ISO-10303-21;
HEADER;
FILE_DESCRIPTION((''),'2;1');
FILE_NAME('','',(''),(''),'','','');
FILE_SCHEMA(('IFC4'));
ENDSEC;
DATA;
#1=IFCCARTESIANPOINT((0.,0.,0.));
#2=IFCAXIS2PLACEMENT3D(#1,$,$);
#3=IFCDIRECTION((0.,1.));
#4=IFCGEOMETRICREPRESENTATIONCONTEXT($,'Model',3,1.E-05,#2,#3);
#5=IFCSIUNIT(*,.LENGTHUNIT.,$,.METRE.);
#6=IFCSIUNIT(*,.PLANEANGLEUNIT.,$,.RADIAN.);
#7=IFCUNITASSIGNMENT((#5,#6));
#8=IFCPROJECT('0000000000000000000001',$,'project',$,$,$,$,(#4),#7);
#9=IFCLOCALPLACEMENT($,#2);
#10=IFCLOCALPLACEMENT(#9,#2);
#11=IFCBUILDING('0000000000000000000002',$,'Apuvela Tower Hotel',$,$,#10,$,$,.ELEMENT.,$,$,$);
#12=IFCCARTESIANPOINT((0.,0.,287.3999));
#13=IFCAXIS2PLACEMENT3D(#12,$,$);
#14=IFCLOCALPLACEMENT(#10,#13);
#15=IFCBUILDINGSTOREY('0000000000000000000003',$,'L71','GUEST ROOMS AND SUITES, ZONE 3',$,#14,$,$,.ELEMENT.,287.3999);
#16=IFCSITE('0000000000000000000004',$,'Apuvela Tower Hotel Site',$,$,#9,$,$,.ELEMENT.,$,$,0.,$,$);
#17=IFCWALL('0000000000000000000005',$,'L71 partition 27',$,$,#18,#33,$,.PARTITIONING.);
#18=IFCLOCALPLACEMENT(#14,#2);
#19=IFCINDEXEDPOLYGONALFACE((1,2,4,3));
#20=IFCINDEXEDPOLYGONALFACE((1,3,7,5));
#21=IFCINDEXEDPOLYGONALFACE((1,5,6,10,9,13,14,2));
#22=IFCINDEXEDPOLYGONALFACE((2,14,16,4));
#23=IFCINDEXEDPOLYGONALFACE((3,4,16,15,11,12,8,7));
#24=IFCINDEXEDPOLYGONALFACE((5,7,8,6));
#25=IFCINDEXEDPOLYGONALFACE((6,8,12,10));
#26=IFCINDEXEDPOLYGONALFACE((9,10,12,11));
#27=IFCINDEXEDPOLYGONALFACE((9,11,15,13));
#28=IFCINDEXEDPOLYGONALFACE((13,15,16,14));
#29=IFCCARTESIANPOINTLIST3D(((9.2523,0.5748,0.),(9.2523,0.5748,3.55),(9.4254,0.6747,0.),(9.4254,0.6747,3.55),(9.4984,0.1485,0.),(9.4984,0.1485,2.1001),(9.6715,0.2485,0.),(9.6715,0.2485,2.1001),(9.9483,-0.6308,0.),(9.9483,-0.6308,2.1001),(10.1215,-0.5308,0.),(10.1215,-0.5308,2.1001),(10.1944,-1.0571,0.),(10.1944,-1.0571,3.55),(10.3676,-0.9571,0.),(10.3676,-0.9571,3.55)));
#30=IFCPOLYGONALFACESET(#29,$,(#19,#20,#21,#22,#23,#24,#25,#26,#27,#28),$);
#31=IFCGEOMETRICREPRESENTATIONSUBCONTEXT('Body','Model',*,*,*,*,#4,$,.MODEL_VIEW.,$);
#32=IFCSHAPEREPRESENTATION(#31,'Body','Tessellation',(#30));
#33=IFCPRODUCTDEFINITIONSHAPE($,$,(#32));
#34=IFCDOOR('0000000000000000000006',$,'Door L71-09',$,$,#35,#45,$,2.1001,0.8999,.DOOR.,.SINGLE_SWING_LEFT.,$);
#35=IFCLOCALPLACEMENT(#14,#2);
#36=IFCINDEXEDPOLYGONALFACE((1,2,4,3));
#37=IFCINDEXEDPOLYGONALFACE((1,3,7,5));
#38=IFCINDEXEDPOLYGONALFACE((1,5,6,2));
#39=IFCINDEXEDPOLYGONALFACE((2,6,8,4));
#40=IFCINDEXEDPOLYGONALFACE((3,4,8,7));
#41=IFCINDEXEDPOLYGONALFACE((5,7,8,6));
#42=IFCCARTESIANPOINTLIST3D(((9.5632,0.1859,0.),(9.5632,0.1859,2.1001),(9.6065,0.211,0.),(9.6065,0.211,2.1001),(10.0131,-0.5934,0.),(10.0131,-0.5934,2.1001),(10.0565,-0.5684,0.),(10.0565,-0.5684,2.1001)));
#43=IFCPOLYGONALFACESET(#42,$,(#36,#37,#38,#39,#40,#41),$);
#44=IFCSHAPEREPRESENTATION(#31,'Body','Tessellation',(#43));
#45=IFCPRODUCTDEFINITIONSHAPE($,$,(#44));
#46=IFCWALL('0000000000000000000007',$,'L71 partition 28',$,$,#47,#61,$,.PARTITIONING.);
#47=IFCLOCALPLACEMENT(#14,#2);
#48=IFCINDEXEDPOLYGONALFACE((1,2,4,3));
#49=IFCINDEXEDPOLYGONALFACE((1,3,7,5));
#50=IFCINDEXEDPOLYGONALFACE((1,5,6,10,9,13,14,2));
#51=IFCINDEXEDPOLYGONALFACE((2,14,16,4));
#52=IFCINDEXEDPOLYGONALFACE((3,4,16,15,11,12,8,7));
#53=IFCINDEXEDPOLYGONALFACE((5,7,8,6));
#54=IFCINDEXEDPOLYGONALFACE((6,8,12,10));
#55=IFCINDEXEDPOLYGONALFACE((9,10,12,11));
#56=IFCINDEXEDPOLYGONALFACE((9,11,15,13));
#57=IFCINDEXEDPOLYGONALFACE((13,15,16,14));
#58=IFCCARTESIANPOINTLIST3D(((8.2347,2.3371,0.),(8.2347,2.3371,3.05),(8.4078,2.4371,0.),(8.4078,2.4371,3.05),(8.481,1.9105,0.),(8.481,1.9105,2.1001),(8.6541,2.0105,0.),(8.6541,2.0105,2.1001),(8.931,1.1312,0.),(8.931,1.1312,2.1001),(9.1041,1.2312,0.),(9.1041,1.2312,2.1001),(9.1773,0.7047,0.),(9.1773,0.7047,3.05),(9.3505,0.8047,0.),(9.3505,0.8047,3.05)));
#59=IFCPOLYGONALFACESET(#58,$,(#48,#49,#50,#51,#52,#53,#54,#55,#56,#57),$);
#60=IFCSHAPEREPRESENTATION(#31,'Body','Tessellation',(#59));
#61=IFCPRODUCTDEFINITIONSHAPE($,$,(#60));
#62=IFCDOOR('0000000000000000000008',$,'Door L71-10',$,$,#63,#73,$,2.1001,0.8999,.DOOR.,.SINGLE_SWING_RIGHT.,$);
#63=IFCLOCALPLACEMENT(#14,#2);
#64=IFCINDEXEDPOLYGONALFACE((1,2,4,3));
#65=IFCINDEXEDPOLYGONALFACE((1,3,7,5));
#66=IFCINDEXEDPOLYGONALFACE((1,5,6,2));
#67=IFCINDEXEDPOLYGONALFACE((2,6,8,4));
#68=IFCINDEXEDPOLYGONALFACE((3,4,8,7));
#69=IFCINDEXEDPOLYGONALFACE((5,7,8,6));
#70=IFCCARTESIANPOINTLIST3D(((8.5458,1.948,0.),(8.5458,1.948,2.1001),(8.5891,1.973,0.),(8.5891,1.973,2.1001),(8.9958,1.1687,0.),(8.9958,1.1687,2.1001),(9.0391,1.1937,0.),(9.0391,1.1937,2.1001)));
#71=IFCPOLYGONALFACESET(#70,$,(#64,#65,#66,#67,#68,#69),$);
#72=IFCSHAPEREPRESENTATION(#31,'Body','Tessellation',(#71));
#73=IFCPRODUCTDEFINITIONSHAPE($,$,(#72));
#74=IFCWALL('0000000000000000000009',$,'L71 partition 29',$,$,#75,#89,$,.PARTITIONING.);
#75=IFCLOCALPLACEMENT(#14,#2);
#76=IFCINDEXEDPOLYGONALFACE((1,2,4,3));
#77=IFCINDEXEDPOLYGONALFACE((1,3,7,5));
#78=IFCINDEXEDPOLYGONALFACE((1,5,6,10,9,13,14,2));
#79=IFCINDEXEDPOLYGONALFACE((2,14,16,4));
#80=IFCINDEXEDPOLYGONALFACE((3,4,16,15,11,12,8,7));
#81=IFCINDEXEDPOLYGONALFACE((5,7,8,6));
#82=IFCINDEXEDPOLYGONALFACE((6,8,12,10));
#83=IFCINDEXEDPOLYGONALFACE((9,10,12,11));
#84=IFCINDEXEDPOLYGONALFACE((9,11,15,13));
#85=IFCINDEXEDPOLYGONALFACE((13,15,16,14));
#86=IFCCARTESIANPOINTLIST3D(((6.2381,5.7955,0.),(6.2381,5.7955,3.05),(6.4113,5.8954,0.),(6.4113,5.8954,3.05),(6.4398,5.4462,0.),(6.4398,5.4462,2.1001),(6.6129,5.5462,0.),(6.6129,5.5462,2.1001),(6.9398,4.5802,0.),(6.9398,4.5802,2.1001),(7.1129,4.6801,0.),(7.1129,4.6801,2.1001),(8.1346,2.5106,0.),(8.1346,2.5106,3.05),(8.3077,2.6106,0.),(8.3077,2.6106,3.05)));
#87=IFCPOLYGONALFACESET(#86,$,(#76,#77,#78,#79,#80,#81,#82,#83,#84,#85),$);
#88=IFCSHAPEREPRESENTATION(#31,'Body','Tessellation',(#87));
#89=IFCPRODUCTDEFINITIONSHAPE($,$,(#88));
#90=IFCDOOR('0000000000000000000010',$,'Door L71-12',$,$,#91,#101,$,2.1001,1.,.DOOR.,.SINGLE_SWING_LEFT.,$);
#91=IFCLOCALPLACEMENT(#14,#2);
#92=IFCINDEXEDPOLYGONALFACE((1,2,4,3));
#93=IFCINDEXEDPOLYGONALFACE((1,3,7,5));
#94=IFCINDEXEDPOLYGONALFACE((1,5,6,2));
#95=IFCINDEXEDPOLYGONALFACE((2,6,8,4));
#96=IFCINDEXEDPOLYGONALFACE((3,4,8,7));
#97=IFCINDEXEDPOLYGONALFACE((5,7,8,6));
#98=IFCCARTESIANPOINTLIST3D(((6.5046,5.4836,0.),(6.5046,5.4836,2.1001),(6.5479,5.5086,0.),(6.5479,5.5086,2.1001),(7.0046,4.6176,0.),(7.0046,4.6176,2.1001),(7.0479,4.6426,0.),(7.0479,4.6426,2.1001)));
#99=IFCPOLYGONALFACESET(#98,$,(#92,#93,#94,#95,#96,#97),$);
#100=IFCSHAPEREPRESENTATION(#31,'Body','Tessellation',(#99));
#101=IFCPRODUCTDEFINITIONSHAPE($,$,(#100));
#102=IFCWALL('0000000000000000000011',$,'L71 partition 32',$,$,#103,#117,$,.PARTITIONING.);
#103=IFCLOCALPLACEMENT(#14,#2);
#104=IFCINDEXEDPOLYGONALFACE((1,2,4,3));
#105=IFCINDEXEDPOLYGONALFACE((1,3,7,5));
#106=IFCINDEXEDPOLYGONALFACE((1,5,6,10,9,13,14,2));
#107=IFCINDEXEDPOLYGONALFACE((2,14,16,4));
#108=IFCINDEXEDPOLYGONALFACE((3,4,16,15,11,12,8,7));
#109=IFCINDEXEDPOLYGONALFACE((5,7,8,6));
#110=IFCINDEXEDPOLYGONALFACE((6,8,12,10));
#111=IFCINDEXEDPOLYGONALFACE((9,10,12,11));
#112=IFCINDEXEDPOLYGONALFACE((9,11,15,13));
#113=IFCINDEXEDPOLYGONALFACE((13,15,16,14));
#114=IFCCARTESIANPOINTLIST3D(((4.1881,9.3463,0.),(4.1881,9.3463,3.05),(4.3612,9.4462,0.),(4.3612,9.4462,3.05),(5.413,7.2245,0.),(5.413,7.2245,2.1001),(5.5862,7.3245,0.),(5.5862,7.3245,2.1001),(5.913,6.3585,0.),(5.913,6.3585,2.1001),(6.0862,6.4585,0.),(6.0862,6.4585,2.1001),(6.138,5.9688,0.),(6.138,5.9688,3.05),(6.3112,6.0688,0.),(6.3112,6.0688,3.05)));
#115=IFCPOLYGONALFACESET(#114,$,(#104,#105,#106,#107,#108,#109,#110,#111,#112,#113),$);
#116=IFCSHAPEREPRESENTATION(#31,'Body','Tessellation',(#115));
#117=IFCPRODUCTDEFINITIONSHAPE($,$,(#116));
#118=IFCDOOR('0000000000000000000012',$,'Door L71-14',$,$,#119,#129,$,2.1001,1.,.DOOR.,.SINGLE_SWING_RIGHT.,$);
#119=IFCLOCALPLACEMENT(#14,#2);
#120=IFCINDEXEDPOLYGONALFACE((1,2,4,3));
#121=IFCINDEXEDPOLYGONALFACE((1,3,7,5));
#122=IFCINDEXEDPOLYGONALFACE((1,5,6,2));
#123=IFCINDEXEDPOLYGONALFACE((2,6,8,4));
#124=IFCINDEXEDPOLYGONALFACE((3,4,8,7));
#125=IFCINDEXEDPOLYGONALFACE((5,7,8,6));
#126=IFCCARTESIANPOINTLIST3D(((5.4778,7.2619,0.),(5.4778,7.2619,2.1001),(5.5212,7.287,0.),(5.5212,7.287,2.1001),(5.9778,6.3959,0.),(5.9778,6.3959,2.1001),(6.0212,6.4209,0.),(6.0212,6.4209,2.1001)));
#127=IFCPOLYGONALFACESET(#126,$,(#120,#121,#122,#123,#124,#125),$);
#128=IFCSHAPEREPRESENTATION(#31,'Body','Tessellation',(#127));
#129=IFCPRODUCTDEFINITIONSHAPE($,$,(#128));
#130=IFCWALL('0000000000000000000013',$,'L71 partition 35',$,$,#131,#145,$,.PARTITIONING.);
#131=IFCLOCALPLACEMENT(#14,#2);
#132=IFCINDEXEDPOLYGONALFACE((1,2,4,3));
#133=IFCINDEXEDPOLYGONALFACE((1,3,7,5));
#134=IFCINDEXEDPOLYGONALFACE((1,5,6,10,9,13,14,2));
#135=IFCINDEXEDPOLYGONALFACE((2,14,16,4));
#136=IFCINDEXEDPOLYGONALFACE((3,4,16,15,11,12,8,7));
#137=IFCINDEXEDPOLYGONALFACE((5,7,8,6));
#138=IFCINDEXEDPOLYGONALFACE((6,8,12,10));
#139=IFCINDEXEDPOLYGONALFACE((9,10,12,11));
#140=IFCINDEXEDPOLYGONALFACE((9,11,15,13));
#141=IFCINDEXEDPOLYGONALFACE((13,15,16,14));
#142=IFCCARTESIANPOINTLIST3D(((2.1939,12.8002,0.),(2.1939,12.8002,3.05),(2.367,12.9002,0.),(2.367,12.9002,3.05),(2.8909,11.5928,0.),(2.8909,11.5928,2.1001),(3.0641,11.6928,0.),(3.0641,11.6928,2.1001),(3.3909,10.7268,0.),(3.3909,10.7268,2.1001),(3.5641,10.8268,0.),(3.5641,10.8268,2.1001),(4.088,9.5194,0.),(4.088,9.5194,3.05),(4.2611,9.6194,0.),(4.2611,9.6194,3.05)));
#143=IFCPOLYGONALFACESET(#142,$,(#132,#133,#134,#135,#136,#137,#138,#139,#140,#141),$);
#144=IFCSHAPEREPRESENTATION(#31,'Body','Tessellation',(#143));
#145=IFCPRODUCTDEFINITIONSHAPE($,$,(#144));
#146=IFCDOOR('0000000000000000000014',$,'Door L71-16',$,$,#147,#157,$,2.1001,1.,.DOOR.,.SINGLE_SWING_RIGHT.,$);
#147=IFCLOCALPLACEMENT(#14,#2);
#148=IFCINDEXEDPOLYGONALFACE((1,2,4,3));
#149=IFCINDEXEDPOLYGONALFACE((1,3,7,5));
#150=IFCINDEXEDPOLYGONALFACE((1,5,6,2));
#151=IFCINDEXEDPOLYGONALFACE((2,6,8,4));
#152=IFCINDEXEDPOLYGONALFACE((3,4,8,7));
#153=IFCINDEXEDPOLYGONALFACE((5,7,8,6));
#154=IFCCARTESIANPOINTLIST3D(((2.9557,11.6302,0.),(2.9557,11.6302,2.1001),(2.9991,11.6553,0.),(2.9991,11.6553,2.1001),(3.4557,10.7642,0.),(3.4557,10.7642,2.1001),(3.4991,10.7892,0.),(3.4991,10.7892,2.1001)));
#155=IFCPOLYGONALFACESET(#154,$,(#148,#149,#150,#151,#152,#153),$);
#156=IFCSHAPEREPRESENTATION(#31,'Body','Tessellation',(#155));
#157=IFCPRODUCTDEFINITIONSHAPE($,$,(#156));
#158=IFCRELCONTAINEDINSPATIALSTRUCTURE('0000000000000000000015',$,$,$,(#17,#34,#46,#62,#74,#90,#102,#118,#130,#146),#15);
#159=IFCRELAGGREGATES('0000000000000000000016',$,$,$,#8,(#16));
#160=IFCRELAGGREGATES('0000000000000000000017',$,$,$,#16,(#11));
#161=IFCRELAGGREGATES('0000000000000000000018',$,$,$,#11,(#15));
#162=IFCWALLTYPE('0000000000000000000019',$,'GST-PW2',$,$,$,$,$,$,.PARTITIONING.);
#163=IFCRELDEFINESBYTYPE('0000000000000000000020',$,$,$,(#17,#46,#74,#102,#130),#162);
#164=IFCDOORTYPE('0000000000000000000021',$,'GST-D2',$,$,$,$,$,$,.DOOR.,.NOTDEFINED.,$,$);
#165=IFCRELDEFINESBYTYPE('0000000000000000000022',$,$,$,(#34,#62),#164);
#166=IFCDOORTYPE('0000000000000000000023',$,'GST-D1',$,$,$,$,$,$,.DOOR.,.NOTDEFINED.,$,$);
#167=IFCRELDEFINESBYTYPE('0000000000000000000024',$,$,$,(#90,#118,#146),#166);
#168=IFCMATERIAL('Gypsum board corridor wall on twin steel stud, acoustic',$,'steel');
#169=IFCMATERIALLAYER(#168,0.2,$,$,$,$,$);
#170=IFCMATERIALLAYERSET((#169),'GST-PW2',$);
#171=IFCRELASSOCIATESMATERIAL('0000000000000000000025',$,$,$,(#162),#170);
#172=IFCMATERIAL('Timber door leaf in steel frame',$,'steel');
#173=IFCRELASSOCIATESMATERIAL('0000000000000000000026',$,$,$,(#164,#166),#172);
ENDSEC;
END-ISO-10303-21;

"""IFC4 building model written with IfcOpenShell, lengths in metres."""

from ifc_helpers import new_model, si_unit, direction, frame, frame_2d, origin, place, context, subcontext, project, spatial, rectangle, extrude, material, layer, layer_set, type_object, element, fill, save


model = new_model("IFC4")

# Units and contexts
model_context = context("Model", 3, precision=1e-05, world=origin(), true_north=direction((0.0, 1.0)))
body_context = subcontext(model_context, "Body", "Model", "MODEL_VIEW")
ifc_project = project(units=[si_unit("LENGTHUNIT", "METRE"), si_unit("PLANEANGLEUNIT", "RADIAN")], contexts=[model_context])

# Site, building, storey
site_placement = place(None, origin())
site = spatial("IfcSite", under=ifc_project, at=site_placement, Name="Apuvela Tower Hotel Site", CompositionType="ELEMENT", RefElevation=0.0)
building_placement = place(site_placement, origin())
building = spatial("IfcBuilding", under=site, at=building_placement, Name="Apuvela Tower Hotel", CompositionType="ELEMENT")
storey_placement = place(building_placement, frame((0.0, 0.0, 287.3999)))
storey = spatial("IfcBuildingStorey", under=building, at=storey_placement, Name="L71", Description="GUEST ROOMS AND SUITES, ZONE 3", CompositionType="ELEMENT", Elevation=287.3999)

# Walls, openings, doors
ifc_material_1 = material(Name="Gypsum board corridor wall on twin steel stud, acoustic", Category="steel")
ifc_layer_1 = layer(ifc_material_1, 0.2)
ifc_layer_set_1 = layer_set([ifc_layer_1], Name="GST-PW2")
wall_type_1 = type_object("IfcWallType", Name="GST-PW2", PredefinedType="PARTITIONING", material=ifc_layer_set_1)
wall_1_placement = place(storey_placement, frame((9.3389, 0.6248, 0.0), z_axis=(0.0, 0.0, 1.0), x_axis=(0.499999, -0.866026, 0.0)))
wall_1 = element("IfcWall", 1, at=wall_1_placement, inside=storey, type_object=wall_type_1, Name="L71 partition 27", PredefinedType="PARTITIONING", context=body_context, shape_type="SweptSolid", body=[
    extrude(rectangle(XDim=1.8843, YDim=0.2, at=frame_2d((0.9421, 0.0))), origin(), (0.0, 0.0, 1.0), 3.55),
])
opening_1_placement = place(wall_1_placement, frame((0.4922, 0.0, 0.0)))
opening_1 = element("IfcOpeningElement", 2, at=opening_1_placement, cuts=wall_1, PredefinedType="OPENING", context=body_context, shape_type="SweptSolid", body=[
    extrude(rectangle(XDim=0.8999, YDim=2.1001, at=frame_2d((0.45, 1.05))), frame((0.0, 0.1099, 0.0), z_axis=(0.0, -1.0, 0.0), x_axis=(1.0, 0.0, 0.0)), (0.0, 0.0, 1.0), 0.22),
])
ifc_material_2 = material(Name="Timber door leaf in steel frame", Category="steel")
door_type_1 = type_object("IfcDoorType", Name="GST-D2", OperationType="NOTDEFINED", PredefinedType="DOOR", material=ifc_material_2)
door_1_placement = place(opening_1_placement, origin())
door_1 = element("IfcDoor", 3, at=door_1_placement, inside=storey, type_object=door_type_1, Name="Door L71-09", OperationType="SINGLE_SWING_LEFT", OverallHeight=2.1001, OverallWidth=0.8999, PredefinedType="DOOR", context=body_context, shape_type="SweptSolid", body=[
    extrude(rectangle(XDim=0.8999, YDim=2.1001, at=frame_2d((0.45, 1.05))), frame((0.0, 0.0249, 0.0), z_axis=(0.0, -1.0, 0.0), x_axis=(1.0, 0.0, 0.0)), (0.0, 0.0, 1.0), 0.05),
])
fill(opening_1, door_1)
wall_2_placement = place(storey_placement, frame((8.3213, 2.387, 0.0), z_axis=(0.0, 0.0, 1.0), x_axis=(0.500081, -0.865979, 0.0)))
wall_2 = element("IfcWall", 4, at=wall_2_placement, inside=storey, type_object=wall_type_1, Name="L71 partition 28", PredefinedType="PARTITIONING", context=body_context, shape_type="SweptSolid", body=[
    extrude(rectangle(XDim=1.885, YDim=0.2, at=frame_2d((0.9424, 0.0))), origin(), (0.0, 0.0, 1.0), 3.05),
])
opening_2_placement = place(wall_2_placement, frame((0.4924, 0.0, 0.0)))
opening_2 = element("IfcOpeningElement", 5, at=opening_2_placement, cuts=wall_2, PredefinedType="OPENING", context=body_context, shape_type="SweptSolid", body=[
    extrude(rectangle(XDim=0.8999, YDim=2.1001, at=frame_2d((0.45, 1.05))), frame((0.0, 0.1099, 0.0), z_axis=(0.0, -1.0, 0.0), x_axis=(1.0, 0.0, 0.0)), (0.0, 0.0, 1.0), 0.22),
])
door_2_placement = place(opening_2_placement, origin())
door_2 = element("IfcDoor", 6, at=door_2_placement, inside=storey, type_object=door_type_1, Name="Door L71-10", OperationType="SINGLE_SWING_RIGHT", OverallHeight=2.1001, OverallWidth=0.8999, PredefinedType="DOOR", context=body_context, shape_type="SweptSolid", body=[
    extrude(rectangle(XDim=0.8999, YDim=2.1001, at=frame_2d((0.45, 1.05))), frame((0.0, 0.0249, 0.0), z_axis=(0.0, -1.0, 0.0), x_axis=(1.0, 0.0, 0.0)), (0.0, 0.0, 1.0), 0.05),
])
fill(opening_2, door_2)
wall_3_placement = place(storey_placement, frame((6.3247, 5.8455, 0.0), z_axis=(0.0, 0.0, 1.0), x_axis=(0.499988, -0.866032, 0.0)))
wall_3 = element("IfcWall", 7, at=wall_3_placement, inside=storey, type_object=wall_type_1, Name="L71 partition 29", PredefinedType="PARTITIONING", context=body_context, shape_type="SweptSolid", body=[
    extrude(rectangle(XDim=3.793, YDim=0.2, at=frame_2d((1.8965, 0.0))), origin(), (0.0, 0.0, 1.0), 3.05),
])
opening_3_placement = place(wall_3_placement, frame((0.4033, 0.0, 0.0)))
opening_3 = element("IfcOpeningElement", 8, at=opening_3_placement, cuts=wall_3, PredefinedType="OPENING", context=body_context, shape_type="SweptSolid", body=[
    extrude(rectangle(XDim=1.0, YDim=2.1001, at=frame_2d((0.5, 1.05))), frame((0.0, 0.1099, 0.0), z_axis=(0.0, -1.0, 0.0), x_axis=(1.0, 0.0, 0.0)), (0.0, 0.0, 1.0), 0.22),
])
door_type_2 = type_object("IfcDoorType", Name="GST-D1", OperationType="NOTDEFINED", PredefinedType="DOOR", material=ifc_material_2)
door_3_placement = place(opening_3_placement, origin())
door_3 = element("IfcDoor", 9, at=door_3_placement, inside=storey, type_object=door_type_2, Name="Door L71-12", OperationType="SINGLE_SWING_LEFT", OverallHeight=2.1001, OverallWidth=1.0, PredefinedType="DOOR", context=body_context, shape_type="SweptSolid", body=[
    extrude(rectangle(XDim=1.0, YDim=2.1001, at=frame_2d((0.5, 1.05))), frame((0.0, 0.0249, 0.0), z_axis=(0.0, -1.0, 0.0), x_axis=(1.0, 0.0, 0.0)), (0.0, 0.0, 1.0), 0.05),
])
fill(opening_3, door_3)
wall_4_placement = place(storey_placement, frame((4.2747, 9.3962, 0.0), z_axis=(0.0, 0.0, 1.0), x_axis=(0.499997, -0.866027, 0.0)))
wall_4 = element("IfcWall", 10, at=wall_4_placement, inside=storey, type_object=wall_type_1, Name="L71 partition 32", PredefinedType="PARTITIONING", context=body_context, shape_type="SweptSolid", body=[
    extrude(rectangle(XDim=3.8999, YDim=0.2, at=frame_2d((1.95, 0.0))), origin(), (0.0, 0.0, 1.0), 3.05),
])
opening_4_placement = place(wall_4_placement, frame((2.45, 0.0, 0.0)))
opening_4 = element("IfcOpeningElement", 11, at=opening_4_placement, cuts=wall_4, PredefinedType="OPENING", context=body_context, shape_type="SweptSolid", body=[
    extrude(rectangle(XDim=1.0, YDim=2.1001, at=frame_2d((0.5, 1.05))), frame((0.0, 0.1099, 0.0), z_axis=(0.0, -1.0, 0.0), x_axis=(1.0, 0.0, 0.0)), (0.0, 0.0, 1.0), 0.22),
])
door_4_placement = place(opening_4_placement, origin())
door_4 = element("IfcDoor", 12, at=door_4_placement, inside=storey, type_object=door_type_2, Name="Door L71-14", OperationType="SINGLE_SWING_RIGHT", OverallHeight=2.1001, OverallWidth=1.0, PredefinedType="DOOR", context=body_context, shape_type="SweptSolid", body=[
    extrude(rectangle(XDim=1.0, YDim=2.1001, at=frame_2d((0.5, 1.05))), frame((0.0, 0.0249, 0.0), z_axis=(0.0, -1.0, 0.0), x_axis=(1.0, 0.0, 0.0)), (0.0, 0.0, 1.0), 0.05),
])
fill(opening_4, door_4)
wall_5_placement = place(storey_placement, frame((2.2805, 12.8501, 0.0), z_axis=(0.0, 0.0, 1.0), x_axis=(0.499979, -0.866037, 0.0)))
wall_5 = element("IfcWall", 13, at=wall_5_placement, inside=storey, type_object=wall_type_1, Name="L71 partition 35", PredefinedType="PARTITIONING", context=body_context, shape_type="SweptSolid", body=[
    extrude(rectangle(XDim=3.7883, YDim=0.2, at=frame_2d((1.894, 0.0))), origin(), (0.0, 0.0, 1.0), 3.05),
])
opening_5_placement = place(wall_5_placement, frame((1.394, 0.0, 0.0)))
opening_5 = element("IfcOpeningElement", 14, at=opening_5_placement, cuts=wall_5, PredefinedType="OPENING", context=body_context, shape_type="SweptSolid", body=[
    extrude(rectangle(XDim=1.0, YDim=2.1001, at=frame_2d((0.5, 1.05))), frame((0.0, 0.1099, 0.0), z_axis=(0.0, -1.0, 0.0), x_axis=(1.0, 0.0, 0.0)), (0.0, 0.0, 1.0), 0.22),
])
door_5_placement = place(opening_5_placement, origin())
door_5 = element("IfcDoor", 15, at=door_5_placement, inside=storey, type_object=door_type_2, Name="Door L71-16", OperationType="SINGLE_SWING_RIGHT", OverallHeight=2.1001, OverallWidth=1.0, PredefinedType="DOOR", context=body_context, shape_type="SweptSolid", body=[
    extrude(rectangle(XDim=1.0, YDim=2.1001, at=frame_2d((0.5, 1.05))), frame((0.0, 0.0249, 0.0), z_axis=(0.0, -1.0, 0.0), x_axis=(1.0, 0.0, 0.0)), (0.0, 0.0, 1.0), 0.05),
])
fill(opening_5, door_5)

save(model, "model.ifc")
